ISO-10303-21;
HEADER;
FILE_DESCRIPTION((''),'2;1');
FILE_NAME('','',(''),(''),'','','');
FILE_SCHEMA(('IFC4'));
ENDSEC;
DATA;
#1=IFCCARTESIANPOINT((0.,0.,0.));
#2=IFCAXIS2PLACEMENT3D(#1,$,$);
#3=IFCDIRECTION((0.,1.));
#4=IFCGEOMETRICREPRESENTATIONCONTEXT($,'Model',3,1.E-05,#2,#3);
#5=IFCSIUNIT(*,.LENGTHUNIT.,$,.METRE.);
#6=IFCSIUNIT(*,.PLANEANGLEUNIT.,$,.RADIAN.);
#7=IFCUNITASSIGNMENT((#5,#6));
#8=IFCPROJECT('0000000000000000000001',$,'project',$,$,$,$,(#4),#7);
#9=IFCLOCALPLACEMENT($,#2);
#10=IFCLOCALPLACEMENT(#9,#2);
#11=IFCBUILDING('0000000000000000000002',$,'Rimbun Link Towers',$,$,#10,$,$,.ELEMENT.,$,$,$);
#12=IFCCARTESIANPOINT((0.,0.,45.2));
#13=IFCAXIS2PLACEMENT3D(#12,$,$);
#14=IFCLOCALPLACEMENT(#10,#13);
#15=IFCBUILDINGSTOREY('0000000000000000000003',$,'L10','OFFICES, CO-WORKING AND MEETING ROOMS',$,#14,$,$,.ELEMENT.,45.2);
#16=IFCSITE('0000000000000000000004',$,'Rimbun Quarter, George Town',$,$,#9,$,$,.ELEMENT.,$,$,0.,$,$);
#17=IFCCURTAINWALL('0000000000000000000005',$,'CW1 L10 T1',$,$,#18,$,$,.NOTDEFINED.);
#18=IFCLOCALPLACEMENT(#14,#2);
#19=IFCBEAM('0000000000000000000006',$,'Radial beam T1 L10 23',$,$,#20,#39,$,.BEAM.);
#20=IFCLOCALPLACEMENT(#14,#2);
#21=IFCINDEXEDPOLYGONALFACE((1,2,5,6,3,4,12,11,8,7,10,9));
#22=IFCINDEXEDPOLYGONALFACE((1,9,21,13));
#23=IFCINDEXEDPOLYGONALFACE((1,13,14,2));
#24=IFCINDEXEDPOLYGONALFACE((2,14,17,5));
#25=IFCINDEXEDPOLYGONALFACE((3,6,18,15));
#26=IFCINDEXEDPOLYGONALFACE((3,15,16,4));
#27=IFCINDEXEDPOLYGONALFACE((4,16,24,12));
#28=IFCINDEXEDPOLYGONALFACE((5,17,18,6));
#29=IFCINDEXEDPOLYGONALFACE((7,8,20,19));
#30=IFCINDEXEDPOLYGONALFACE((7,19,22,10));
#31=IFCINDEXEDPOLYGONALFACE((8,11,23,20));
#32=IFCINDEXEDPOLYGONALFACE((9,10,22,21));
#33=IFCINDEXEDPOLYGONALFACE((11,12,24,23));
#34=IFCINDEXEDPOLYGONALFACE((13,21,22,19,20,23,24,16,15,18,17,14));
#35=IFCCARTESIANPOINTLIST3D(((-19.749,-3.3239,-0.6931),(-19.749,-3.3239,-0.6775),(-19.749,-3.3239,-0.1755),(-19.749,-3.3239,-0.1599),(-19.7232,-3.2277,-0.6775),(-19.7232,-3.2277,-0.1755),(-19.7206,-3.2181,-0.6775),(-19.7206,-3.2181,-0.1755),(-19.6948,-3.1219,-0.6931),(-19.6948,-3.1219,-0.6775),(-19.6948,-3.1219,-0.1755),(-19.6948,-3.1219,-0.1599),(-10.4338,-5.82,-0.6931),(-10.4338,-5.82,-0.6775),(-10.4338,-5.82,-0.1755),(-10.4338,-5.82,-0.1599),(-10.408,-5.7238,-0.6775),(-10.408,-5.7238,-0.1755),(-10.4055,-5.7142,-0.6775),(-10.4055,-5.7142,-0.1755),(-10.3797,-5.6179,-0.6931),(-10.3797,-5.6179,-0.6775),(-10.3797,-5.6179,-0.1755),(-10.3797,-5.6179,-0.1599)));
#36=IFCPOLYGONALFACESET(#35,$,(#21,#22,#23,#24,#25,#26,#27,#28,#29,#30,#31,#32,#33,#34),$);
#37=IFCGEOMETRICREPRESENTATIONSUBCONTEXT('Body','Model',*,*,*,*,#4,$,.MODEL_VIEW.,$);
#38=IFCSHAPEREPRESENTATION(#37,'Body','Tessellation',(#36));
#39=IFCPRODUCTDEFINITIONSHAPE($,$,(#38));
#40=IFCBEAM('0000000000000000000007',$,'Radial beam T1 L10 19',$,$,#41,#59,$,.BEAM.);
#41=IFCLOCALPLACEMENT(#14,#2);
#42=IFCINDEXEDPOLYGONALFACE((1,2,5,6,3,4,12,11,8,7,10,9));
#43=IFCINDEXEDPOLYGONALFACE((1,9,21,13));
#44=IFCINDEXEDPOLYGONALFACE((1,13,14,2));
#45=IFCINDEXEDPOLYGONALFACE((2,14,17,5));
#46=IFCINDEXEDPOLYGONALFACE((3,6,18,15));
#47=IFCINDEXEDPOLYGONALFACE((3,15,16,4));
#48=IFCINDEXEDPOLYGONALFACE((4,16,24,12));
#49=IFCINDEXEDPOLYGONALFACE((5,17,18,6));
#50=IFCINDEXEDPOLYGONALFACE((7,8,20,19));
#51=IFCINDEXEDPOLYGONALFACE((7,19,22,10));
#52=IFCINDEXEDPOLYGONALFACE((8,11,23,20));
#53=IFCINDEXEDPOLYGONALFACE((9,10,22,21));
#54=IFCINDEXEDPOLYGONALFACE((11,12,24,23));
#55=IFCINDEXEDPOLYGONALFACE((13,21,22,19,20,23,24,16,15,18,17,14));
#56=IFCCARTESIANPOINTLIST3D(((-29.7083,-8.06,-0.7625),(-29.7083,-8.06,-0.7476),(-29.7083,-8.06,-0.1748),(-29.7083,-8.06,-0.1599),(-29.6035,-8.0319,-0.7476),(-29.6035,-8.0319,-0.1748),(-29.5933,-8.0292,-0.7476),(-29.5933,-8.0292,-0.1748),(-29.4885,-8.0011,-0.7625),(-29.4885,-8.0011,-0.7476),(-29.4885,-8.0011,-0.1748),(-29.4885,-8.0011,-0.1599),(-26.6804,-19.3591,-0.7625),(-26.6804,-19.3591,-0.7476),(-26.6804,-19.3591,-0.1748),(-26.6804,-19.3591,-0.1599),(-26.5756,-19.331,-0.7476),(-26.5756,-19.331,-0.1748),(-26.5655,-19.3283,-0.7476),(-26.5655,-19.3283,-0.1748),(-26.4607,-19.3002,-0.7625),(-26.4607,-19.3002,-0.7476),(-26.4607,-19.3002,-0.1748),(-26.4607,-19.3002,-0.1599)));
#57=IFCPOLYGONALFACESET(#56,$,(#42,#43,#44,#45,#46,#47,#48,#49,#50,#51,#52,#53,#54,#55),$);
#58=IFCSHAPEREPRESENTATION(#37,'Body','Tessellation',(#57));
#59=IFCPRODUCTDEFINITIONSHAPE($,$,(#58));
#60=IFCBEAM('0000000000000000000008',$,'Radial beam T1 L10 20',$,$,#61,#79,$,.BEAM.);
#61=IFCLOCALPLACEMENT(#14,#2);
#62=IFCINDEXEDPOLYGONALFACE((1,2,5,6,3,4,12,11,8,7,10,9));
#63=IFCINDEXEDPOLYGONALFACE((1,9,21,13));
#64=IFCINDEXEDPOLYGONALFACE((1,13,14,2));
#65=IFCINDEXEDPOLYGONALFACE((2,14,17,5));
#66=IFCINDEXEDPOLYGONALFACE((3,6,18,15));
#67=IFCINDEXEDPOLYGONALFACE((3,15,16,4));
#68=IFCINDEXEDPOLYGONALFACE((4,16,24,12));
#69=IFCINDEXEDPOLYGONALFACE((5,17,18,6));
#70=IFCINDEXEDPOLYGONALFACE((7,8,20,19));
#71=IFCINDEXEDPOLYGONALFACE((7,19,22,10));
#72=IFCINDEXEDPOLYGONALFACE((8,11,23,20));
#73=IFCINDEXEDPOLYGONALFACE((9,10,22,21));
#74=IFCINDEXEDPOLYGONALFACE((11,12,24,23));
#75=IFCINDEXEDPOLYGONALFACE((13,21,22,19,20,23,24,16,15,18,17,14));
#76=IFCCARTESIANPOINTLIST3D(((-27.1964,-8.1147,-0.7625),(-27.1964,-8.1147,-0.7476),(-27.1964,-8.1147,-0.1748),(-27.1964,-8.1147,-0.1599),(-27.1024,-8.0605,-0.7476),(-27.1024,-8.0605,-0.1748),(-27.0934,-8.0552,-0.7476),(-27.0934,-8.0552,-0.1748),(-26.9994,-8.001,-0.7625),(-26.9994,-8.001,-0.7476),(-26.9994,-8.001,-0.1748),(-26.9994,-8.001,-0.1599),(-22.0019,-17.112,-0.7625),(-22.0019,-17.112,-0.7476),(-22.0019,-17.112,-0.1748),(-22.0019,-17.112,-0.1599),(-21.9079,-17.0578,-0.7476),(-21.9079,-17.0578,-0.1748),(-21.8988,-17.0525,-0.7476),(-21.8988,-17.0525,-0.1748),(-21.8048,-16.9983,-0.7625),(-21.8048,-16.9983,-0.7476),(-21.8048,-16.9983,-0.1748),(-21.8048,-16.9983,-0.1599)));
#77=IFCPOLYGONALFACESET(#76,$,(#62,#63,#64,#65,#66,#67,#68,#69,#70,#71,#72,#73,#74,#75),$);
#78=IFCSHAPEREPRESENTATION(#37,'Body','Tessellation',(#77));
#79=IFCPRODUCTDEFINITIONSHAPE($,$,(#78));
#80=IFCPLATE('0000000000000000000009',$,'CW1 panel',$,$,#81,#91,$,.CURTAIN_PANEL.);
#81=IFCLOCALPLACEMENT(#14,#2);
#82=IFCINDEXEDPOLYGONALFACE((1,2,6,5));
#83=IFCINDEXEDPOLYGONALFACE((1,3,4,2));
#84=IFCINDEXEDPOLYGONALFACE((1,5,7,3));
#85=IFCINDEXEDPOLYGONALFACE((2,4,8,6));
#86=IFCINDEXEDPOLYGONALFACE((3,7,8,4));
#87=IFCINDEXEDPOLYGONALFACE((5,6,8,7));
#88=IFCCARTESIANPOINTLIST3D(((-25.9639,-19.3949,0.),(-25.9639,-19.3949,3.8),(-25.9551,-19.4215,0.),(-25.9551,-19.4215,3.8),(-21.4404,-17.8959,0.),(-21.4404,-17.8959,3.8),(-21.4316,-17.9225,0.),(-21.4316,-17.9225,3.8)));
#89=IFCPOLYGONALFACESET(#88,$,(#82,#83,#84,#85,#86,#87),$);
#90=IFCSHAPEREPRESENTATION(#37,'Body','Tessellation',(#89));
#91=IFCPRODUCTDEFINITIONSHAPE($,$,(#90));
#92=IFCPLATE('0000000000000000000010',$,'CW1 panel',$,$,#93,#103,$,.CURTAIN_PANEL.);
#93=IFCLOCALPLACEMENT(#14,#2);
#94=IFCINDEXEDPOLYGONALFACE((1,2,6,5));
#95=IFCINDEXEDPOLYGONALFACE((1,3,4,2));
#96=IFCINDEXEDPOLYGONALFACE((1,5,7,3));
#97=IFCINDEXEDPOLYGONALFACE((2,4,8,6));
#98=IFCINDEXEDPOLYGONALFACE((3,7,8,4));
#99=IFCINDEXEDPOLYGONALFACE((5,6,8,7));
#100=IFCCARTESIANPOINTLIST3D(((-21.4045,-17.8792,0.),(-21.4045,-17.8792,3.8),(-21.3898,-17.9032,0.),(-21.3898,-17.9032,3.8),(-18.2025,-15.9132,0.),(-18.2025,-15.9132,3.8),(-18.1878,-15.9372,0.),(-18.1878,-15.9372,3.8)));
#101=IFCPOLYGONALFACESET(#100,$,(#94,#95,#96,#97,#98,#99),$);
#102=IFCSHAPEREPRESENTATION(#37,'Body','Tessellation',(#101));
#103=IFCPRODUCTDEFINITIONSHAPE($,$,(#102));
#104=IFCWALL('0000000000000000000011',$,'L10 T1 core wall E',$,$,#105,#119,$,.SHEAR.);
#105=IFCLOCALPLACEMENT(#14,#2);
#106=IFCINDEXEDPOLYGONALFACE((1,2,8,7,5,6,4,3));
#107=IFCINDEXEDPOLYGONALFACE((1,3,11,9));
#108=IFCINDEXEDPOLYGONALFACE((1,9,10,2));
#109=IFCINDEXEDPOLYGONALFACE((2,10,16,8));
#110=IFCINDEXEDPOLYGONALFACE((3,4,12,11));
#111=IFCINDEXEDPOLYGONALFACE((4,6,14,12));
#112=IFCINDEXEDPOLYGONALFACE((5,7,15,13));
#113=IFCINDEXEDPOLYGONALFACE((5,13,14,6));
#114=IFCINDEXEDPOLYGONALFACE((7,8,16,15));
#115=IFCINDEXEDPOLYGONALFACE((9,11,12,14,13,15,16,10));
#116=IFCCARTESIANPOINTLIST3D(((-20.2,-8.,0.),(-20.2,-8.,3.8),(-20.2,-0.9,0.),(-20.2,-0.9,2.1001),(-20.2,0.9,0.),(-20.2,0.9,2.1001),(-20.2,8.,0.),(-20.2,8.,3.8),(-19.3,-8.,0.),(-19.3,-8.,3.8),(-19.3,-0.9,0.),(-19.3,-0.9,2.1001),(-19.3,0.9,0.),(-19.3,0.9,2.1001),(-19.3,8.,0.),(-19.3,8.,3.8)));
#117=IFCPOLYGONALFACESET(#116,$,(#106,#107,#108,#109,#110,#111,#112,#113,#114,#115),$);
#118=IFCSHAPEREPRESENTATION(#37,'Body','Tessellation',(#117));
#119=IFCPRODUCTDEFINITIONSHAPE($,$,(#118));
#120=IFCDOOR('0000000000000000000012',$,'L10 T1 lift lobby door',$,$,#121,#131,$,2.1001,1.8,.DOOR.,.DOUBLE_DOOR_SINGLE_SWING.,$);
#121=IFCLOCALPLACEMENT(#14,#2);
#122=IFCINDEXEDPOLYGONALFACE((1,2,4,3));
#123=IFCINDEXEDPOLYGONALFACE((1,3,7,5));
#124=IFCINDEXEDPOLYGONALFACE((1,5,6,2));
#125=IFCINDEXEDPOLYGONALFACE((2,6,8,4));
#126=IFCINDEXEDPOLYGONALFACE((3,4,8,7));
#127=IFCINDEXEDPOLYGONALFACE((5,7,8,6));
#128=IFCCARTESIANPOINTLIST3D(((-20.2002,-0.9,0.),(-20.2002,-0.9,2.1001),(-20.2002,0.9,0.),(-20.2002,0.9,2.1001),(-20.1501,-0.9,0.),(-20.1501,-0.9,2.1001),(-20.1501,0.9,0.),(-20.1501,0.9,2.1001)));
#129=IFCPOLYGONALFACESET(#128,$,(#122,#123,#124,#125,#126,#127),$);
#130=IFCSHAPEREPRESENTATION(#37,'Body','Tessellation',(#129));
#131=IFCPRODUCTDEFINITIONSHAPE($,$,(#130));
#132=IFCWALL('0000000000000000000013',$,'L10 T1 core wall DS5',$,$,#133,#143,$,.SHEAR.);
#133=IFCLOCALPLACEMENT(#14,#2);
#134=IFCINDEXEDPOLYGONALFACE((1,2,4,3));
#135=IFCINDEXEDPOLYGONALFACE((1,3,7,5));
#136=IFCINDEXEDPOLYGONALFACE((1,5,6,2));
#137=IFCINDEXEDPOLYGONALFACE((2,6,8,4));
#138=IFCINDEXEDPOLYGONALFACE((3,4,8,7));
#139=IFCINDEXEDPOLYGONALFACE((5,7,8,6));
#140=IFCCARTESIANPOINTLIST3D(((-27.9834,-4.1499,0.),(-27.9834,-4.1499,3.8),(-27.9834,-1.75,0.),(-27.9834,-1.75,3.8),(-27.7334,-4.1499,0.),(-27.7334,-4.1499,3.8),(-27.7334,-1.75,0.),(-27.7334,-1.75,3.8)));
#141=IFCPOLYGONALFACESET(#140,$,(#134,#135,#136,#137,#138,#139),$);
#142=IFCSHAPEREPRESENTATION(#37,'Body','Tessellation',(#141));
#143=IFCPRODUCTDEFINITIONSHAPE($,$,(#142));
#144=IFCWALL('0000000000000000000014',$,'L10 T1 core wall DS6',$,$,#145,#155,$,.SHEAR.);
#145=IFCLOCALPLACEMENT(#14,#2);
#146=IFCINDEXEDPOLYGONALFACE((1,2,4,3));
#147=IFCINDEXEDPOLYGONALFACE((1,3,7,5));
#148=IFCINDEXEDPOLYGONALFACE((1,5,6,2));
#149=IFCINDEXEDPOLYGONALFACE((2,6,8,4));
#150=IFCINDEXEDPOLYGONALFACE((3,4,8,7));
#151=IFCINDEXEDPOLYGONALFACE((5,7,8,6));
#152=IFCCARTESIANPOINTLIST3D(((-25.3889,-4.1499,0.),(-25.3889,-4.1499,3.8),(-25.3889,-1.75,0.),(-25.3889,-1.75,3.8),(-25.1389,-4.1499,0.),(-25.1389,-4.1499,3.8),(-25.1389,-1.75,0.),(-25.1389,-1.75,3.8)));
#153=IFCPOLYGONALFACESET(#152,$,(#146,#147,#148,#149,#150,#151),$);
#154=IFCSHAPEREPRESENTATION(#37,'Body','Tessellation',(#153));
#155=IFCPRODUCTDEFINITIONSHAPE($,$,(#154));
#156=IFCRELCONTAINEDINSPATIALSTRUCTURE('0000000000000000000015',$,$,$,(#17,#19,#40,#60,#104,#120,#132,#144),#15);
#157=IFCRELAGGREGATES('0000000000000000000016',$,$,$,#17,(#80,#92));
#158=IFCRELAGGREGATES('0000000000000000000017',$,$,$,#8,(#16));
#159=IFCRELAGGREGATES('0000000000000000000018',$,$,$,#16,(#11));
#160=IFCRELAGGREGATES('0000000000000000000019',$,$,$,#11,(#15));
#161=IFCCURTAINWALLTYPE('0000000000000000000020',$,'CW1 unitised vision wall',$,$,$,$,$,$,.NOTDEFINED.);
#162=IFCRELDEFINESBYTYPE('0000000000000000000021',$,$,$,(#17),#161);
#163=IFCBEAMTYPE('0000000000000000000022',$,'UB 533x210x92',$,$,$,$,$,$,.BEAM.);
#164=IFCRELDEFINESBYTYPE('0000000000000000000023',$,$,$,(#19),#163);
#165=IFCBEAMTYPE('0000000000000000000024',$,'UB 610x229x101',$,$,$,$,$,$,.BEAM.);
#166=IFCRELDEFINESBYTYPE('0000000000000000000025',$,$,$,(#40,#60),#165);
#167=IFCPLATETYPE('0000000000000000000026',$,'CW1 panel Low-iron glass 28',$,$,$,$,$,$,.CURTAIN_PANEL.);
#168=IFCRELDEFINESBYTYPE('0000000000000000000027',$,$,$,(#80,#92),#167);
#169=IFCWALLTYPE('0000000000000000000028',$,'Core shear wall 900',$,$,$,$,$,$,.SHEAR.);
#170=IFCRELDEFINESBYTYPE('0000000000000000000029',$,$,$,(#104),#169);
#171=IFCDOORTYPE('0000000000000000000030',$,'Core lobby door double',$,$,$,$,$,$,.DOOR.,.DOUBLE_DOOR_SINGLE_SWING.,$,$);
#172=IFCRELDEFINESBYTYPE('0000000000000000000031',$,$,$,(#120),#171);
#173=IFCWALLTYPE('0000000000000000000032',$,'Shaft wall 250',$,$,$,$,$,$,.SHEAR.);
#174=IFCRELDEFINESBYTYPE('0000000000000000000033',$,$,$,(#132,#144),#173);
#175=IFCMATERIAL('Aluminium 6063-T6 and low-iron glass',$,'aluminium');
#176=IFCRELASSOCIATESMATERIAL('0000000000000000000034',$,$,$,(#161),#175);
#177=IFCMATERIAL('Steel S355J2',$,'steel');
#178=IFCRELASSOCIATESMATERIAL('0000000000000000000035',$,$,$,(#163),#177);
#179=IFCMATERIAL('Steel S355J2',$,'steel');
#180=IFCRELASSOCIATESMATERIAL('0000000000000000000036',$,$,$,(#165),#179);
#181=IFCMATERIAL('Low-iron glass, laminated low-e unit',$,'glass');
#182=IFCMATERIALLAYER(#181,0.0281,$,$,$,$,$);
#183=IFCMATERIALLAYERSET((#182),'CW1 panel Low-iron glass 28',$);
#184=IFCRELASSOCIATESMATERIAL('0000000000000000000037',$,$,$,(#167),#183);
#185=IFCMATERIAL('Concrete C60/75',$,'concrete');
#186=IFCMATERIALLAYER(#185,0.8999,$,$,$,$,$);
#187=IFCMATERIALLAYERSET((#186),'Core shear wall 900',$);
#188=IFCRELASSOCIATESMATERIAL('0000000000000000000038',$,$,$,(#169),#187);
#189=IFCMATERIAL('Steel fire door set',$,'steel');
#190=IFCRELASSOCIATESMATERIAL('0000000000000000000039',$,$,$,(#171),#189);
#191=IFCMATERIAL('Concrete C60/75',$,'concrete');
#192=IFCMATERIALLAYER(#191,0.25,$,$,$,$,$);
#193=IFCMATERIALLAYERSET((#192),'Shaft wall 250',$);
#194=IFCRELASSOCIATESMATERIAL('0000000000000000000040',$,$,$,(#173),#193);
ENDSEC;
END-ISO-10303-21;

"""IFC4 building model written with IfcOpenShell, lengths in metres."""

from ifc_helpers import new_model, si_unit, direction, frame, frame_2d, origin, origin_2d, place, context, subcontext, project, spatial, rectangle, i_section, extrude, material, layer, layer_set, material_profile, profile_set, type_object, element, fill, aggregate, save


model = new_model("IFC4")

# Units and contexts
model_context = context("Model", 3, precision=1e-05, world=origin(), true_north=direction((0.0, 1.0)))
body_context = subcontext(model_context, "Body", "Model", "MODEL_VIEW")
ifc_project = project(units=[si_unit("LENGTHUNIT", "METRE"), si_unit("PLANEANGLEUNIT", "RADIAN")], contexts=[model_context])

# Site, building, storey
site_placement = place(None, origin())
site = spatial("IfcSite", under=ifc_project, at=site_placement, Name="Rimbun Quarter, George Town", CompositionType="ELEMENT", RefElevation=0.0)
building_placement = place(site_placement, origin())
building = spatial("IfcBuilding", under=site, at=building_placement, Name="Rimbun Link Towers", CompositionType="ELEMENT")
storey_placement = place(building_placement, frame((0.0, 0.0, 45.2)))
storey = spatial("IfcBuildingStorey", under=building, at=storey_placement, Name="L10", Description="OFFICES, CO-WORKING AND MEETING ROOMS", CompositionType="ELEMENT", Elevation=45.2)

# Curtain wall
ifc_material_1 = material(Name="Aluminium 6063-T6 and low-iron glass", Category="aluminium")
curtain_wall_type = type_object("IfcCurtainWallType", Name="CW1 unitised vision wall", PredefinedType="NOTDEFINED", material=ifc_material_1)
curtain_wall_placement = place(storey_placement, origin())
curtain_wall = element("IfcCurtainWall", 1, at=curtain_wall_placement, inside=storey, type_object=curtain_wall_type, Name="CW1 L10 T1", PredefinedType="NOTDEFINED")

# Beams
ifc_material_2 = material(Name="Steel S355J2", Category="steel")
ifc_material_profile_1 = material_profile(ifc_material_2, i_section(OverallWidth=0.2092, OverallDepth=0.5332, WebThickness=0.01, FlangeThickness=0.0156, at=origin_2d()), Name="UB 533x210x92")
ifc_profile_set_1 = profile_set([ifc_material_profile_1], Name="Steel S355J2")
beam_type_1 = type_object("IfcBeamType", Name="UB 533x210x92", PredefinedType="BEAM", material=ifc_profile_set_1)
beam_1_placement = place(storey_placement, frame((-19.7219, -3.2229, -0.4265), z_axis=(0.965923, -0.258828, 0.0), x_axis=(0.258828, 0.965923, 0.0)))
element("IfcBeam", 2, at=beam_1_placement, inside=storey, type_object=beam_type_1, Name="Radial beam T1 L10 23", PredefinedType="BEAM", context=body_context, shape_type="SweptSolid", body=[
    extrude(i_section(OverallWidth=0.2092, OverallDepth=0.5332, WebThickness=0.01, FlangeThickness=0.0156, at=origin_2d()), origin(), (0.0, 0.0, 1.0), 9.6438),
])
ifc_material_3 = material(Name="Steel S355J2", Category="steel")
ifc_material_profile_2 = material_profile(ifc_material_3, i_section(OverallWidth=0.2275, OverallDepth=0.6025, WebThickness=0.0105, FlangeThickness=0.0149, at=origin_2d()), Name="UB 610x229x101")
ifc_profile_set_2 = profile_set([ifc_material_profile_2], Name="Steel S355J2")
beam_type_2 = type_object("IfcBeamType", Name="UB 610x229x101", PredefinedType="BEAM", material=ifc_profile_set_2)
beam_2_placement = place(storey_placement, frame((-29.5984, -8.0305, -0.4612), z_axis=(0.258839, -0.96592, 0.0), x_axis=(0.96592, 0.258839, 0.0)))
element("IfcBeam", 3, at=beam_2_placement, inside=storey, type_object=beam_type_2, Name="Radial beam T1 L10 19", PredefinedType="BEAM", context=body_context, shape_type="SweptSolid", body=[
    extrude(i_section(OverallWidth=0.2275, OverallDepth=0.6025, WebThickness=0.0105, FlangeThickness=0.0149, at=origin_2d()), origin(), (0.0, 0.0, 1.0), 11.6978),
])
beam_3_placement = place(storey_placement, frame((-27.0979, -8.0579, -0.4612), z_axis=(0.499998, -0.866026, 0.0), x_axis=(0.866026, 0.499998, 0.0)))
element("IfcBeam", 4, at=beam_3_placement, inside=storey, type_object=beam_type_2, Name="Radial beam T1 L10 20", PredefinedType="BEAM", context=body_context, shape_type="SweptSolid", body=[
    extrude(i_section(OverallWidth=0.2275, OverallDepth=0.6025, WebThickness=0.0105, FlangeThickness=0.0149, at=origin_2d()), origin(), (0.0, 0.0, 1.0), 10.3892),
])

# Plates
ifc_material_4 = material(Name="Low-iron glass, laminated low-e unit", Category="glass")
ifc_layer_1 = layer(ifc_material_4, 0.0281)
ifc_layer_set_1 = layer_set([ifc_layer_1], Name="CW1 panel Low-iron glass 28")
plate_type = type_object("IfcPlateType", Name="CW1 panel Low-iron glass 28", PredefinedType="CURTAIN_PANEL", material=ifc_layer_set_1)
plate_1_placement = place(storey_placement, frame((-23.6978, -18.6587, 0.0), z_axis=(0.0, 0.0, 1.0), x_axis=(-0.949238, -0.314558, 0.0)))
plate_1 = element("IfcPlate", 5, at=plate_1_placement, type_object=plate_type, Name="CW1 panel", PredefinedType="CURTAIN_PANEL", context=body_context, shape_type="SweptSolid", body=[
    extrude(rectangle(XDim=4.7654, YDim=0.0281, at=origin_2d()), origin(), (0.0, 0.0, 1.0), 3.8),
])
plate_2_placement = place(storey_placement, frame((-19.7961, -16.9082, 0.0), z_axis=(0.0, 0.0, 1.0), x_axis=(-0.852185, -0.523241, 0.0)))
plate_2 = element("IfcPlate", 6, at=plate_2_placement, type_object=plate_type, Name="CW1 panel", PredefinedType="CURTAIN_PANEL", context=body_context, shape_type="SweptSolid", body=[
    extrude(rectangle(XDim=3.7573, YDim=0.0281, at=origin_2d()), origin(), (0.0, 0.0, 1.0), 3.8),
])
aggregate(curtain_wall, [plate_1, plate_2])

# Wall, opening, door
ifc_material_5 = material(Name="Concrete C60/75", Category="concrete")
ifc_layer_2 = layer(ifc_material_5, 0.8999)
ifc_layer_set_2 = layer_set([ifc_layer_2], Name="Core shear wall 900")
wall_type_1 = type_object("IfcWallType", Name="Core shear wall 900", PredefinedType="SHEAR", material=ifc_layer_set_2)
wall_1_placement = place(storey_placement, frame((-19.75, -8.0, 0.0), z_axis=(0.0, 0.0, 1.0), x_axis=(0.0, 1.0, 0.0)))
wall_1 = element("IfcWall", 7, at=wall_1_placement, inside=storey, type_object=wall_type_1, Name="L10 T1 core wall E", PredefinedType="SHEAR", context=body_context, shape_type="SweptSolid", body=[
    extrude(rectangle(XDim=16.0, YDim=0.8999, at=frame_2d((8.0, 0.0))), origin(), (0.0, 0.0, 1.0), 3.8),
])
opening_1_placement = place(wall_1_placement, frame((7.1001, 0.0, 0.0)))
opening_1 = element("IfcOpeningElement", 8, at=opening_1_placement, cuts=wall_1, PredefinedType="OPENING", context=body_context, shape_type="SweptSolid", body=[
    extrude(rectangle(XDim=1.8, YDim=2.1001, at=frame_2d((0.8999, 1.05))), frame((0.0, 0.46, 0.0), z_axis=(0.0, -1.0, 0.0), x_axis=(1.0, 0.0, 0.0)), (0.0, 0.0, 1.0), 0.9199),
])
ifc_material_6 = material(Name="Steel fire door set", Category="steel")
door_type_1 = type_object("IfcDoorType", Name="Core lobby door double", OperationType="DOUBLE_DOOR_SINGLE_SWING", PredefinedType="DOOR", material=ifc_material_6)
door_1_placement = place(opening_1_placement, origin())
door_1 = element("IfcDoor", 9, at=door_1_placement, inside=storey, type_object=door_type_1, Name="L10 T1 lift lobby door", OperationType="DOUBLE_DOOR_SINGLE_SWING", OverallHeight=2.1001, OverallWidth=1.8, PredefinedType="DOOR", context=body_context, shape_type="SweptSolid", body=[
    extrude(rectangle(XDim=1.8, YDim=2.1001, at=frame_2d((0.8999, 1.05))), frame((0.0, 0.4502, 0.0), z_axis=(0.0, -1.0, 0.0), x_axis=(1.0, 0.0, 0.0)), (0.0, 0.0, 1.0), 0.05),
])
fill(opening_1, door_1)

# Walls
ifc_material_7 = material(Name="Concrete C60/75", Category="concrete")
ifc_layer_3 = layer(ifc_material_7, 0.25)
ifc_layer_set_3 = layer_set([ifc_layer_3], Name="Shaft wall 250")
wall_type_2 = type_object("IfcWallType", Name="Shaft wall 250", PredefinedType="SHEAR", material=ifc_layer_set_3)
for number, where, z_axis, x_axis, name in (
    (10, (-27.8584, -4.1499, 0.0), (0.0, 0.0, 1.0), (0.0, 1.0, 0.0), "L10 T1 core wall DS5"),
    (11, (-25.2639, -4.1499, 0.0), (0.0, 0.0, 1.0), (0.0, 1.0, 0.0), "L10 T1 core wall DS6"),
):
    element("IfcWall", number, at=place(storey_placement, frame(where, z_axis=z_axis, x_axis=x_axis)), inside=storey, type_object=wall_type_2, Name=name, PredefinedType="SHEAR", context=body_context, shape_type="SweptSolid", body=[
        extrude(rectangle(XDim=2.3999, YDim=0.25, at=frame_2d((1.2, 0.0))), origin(), (0.0, 0.0, 1.0), 3.8),
    ])

save(model, "model.ifc")
